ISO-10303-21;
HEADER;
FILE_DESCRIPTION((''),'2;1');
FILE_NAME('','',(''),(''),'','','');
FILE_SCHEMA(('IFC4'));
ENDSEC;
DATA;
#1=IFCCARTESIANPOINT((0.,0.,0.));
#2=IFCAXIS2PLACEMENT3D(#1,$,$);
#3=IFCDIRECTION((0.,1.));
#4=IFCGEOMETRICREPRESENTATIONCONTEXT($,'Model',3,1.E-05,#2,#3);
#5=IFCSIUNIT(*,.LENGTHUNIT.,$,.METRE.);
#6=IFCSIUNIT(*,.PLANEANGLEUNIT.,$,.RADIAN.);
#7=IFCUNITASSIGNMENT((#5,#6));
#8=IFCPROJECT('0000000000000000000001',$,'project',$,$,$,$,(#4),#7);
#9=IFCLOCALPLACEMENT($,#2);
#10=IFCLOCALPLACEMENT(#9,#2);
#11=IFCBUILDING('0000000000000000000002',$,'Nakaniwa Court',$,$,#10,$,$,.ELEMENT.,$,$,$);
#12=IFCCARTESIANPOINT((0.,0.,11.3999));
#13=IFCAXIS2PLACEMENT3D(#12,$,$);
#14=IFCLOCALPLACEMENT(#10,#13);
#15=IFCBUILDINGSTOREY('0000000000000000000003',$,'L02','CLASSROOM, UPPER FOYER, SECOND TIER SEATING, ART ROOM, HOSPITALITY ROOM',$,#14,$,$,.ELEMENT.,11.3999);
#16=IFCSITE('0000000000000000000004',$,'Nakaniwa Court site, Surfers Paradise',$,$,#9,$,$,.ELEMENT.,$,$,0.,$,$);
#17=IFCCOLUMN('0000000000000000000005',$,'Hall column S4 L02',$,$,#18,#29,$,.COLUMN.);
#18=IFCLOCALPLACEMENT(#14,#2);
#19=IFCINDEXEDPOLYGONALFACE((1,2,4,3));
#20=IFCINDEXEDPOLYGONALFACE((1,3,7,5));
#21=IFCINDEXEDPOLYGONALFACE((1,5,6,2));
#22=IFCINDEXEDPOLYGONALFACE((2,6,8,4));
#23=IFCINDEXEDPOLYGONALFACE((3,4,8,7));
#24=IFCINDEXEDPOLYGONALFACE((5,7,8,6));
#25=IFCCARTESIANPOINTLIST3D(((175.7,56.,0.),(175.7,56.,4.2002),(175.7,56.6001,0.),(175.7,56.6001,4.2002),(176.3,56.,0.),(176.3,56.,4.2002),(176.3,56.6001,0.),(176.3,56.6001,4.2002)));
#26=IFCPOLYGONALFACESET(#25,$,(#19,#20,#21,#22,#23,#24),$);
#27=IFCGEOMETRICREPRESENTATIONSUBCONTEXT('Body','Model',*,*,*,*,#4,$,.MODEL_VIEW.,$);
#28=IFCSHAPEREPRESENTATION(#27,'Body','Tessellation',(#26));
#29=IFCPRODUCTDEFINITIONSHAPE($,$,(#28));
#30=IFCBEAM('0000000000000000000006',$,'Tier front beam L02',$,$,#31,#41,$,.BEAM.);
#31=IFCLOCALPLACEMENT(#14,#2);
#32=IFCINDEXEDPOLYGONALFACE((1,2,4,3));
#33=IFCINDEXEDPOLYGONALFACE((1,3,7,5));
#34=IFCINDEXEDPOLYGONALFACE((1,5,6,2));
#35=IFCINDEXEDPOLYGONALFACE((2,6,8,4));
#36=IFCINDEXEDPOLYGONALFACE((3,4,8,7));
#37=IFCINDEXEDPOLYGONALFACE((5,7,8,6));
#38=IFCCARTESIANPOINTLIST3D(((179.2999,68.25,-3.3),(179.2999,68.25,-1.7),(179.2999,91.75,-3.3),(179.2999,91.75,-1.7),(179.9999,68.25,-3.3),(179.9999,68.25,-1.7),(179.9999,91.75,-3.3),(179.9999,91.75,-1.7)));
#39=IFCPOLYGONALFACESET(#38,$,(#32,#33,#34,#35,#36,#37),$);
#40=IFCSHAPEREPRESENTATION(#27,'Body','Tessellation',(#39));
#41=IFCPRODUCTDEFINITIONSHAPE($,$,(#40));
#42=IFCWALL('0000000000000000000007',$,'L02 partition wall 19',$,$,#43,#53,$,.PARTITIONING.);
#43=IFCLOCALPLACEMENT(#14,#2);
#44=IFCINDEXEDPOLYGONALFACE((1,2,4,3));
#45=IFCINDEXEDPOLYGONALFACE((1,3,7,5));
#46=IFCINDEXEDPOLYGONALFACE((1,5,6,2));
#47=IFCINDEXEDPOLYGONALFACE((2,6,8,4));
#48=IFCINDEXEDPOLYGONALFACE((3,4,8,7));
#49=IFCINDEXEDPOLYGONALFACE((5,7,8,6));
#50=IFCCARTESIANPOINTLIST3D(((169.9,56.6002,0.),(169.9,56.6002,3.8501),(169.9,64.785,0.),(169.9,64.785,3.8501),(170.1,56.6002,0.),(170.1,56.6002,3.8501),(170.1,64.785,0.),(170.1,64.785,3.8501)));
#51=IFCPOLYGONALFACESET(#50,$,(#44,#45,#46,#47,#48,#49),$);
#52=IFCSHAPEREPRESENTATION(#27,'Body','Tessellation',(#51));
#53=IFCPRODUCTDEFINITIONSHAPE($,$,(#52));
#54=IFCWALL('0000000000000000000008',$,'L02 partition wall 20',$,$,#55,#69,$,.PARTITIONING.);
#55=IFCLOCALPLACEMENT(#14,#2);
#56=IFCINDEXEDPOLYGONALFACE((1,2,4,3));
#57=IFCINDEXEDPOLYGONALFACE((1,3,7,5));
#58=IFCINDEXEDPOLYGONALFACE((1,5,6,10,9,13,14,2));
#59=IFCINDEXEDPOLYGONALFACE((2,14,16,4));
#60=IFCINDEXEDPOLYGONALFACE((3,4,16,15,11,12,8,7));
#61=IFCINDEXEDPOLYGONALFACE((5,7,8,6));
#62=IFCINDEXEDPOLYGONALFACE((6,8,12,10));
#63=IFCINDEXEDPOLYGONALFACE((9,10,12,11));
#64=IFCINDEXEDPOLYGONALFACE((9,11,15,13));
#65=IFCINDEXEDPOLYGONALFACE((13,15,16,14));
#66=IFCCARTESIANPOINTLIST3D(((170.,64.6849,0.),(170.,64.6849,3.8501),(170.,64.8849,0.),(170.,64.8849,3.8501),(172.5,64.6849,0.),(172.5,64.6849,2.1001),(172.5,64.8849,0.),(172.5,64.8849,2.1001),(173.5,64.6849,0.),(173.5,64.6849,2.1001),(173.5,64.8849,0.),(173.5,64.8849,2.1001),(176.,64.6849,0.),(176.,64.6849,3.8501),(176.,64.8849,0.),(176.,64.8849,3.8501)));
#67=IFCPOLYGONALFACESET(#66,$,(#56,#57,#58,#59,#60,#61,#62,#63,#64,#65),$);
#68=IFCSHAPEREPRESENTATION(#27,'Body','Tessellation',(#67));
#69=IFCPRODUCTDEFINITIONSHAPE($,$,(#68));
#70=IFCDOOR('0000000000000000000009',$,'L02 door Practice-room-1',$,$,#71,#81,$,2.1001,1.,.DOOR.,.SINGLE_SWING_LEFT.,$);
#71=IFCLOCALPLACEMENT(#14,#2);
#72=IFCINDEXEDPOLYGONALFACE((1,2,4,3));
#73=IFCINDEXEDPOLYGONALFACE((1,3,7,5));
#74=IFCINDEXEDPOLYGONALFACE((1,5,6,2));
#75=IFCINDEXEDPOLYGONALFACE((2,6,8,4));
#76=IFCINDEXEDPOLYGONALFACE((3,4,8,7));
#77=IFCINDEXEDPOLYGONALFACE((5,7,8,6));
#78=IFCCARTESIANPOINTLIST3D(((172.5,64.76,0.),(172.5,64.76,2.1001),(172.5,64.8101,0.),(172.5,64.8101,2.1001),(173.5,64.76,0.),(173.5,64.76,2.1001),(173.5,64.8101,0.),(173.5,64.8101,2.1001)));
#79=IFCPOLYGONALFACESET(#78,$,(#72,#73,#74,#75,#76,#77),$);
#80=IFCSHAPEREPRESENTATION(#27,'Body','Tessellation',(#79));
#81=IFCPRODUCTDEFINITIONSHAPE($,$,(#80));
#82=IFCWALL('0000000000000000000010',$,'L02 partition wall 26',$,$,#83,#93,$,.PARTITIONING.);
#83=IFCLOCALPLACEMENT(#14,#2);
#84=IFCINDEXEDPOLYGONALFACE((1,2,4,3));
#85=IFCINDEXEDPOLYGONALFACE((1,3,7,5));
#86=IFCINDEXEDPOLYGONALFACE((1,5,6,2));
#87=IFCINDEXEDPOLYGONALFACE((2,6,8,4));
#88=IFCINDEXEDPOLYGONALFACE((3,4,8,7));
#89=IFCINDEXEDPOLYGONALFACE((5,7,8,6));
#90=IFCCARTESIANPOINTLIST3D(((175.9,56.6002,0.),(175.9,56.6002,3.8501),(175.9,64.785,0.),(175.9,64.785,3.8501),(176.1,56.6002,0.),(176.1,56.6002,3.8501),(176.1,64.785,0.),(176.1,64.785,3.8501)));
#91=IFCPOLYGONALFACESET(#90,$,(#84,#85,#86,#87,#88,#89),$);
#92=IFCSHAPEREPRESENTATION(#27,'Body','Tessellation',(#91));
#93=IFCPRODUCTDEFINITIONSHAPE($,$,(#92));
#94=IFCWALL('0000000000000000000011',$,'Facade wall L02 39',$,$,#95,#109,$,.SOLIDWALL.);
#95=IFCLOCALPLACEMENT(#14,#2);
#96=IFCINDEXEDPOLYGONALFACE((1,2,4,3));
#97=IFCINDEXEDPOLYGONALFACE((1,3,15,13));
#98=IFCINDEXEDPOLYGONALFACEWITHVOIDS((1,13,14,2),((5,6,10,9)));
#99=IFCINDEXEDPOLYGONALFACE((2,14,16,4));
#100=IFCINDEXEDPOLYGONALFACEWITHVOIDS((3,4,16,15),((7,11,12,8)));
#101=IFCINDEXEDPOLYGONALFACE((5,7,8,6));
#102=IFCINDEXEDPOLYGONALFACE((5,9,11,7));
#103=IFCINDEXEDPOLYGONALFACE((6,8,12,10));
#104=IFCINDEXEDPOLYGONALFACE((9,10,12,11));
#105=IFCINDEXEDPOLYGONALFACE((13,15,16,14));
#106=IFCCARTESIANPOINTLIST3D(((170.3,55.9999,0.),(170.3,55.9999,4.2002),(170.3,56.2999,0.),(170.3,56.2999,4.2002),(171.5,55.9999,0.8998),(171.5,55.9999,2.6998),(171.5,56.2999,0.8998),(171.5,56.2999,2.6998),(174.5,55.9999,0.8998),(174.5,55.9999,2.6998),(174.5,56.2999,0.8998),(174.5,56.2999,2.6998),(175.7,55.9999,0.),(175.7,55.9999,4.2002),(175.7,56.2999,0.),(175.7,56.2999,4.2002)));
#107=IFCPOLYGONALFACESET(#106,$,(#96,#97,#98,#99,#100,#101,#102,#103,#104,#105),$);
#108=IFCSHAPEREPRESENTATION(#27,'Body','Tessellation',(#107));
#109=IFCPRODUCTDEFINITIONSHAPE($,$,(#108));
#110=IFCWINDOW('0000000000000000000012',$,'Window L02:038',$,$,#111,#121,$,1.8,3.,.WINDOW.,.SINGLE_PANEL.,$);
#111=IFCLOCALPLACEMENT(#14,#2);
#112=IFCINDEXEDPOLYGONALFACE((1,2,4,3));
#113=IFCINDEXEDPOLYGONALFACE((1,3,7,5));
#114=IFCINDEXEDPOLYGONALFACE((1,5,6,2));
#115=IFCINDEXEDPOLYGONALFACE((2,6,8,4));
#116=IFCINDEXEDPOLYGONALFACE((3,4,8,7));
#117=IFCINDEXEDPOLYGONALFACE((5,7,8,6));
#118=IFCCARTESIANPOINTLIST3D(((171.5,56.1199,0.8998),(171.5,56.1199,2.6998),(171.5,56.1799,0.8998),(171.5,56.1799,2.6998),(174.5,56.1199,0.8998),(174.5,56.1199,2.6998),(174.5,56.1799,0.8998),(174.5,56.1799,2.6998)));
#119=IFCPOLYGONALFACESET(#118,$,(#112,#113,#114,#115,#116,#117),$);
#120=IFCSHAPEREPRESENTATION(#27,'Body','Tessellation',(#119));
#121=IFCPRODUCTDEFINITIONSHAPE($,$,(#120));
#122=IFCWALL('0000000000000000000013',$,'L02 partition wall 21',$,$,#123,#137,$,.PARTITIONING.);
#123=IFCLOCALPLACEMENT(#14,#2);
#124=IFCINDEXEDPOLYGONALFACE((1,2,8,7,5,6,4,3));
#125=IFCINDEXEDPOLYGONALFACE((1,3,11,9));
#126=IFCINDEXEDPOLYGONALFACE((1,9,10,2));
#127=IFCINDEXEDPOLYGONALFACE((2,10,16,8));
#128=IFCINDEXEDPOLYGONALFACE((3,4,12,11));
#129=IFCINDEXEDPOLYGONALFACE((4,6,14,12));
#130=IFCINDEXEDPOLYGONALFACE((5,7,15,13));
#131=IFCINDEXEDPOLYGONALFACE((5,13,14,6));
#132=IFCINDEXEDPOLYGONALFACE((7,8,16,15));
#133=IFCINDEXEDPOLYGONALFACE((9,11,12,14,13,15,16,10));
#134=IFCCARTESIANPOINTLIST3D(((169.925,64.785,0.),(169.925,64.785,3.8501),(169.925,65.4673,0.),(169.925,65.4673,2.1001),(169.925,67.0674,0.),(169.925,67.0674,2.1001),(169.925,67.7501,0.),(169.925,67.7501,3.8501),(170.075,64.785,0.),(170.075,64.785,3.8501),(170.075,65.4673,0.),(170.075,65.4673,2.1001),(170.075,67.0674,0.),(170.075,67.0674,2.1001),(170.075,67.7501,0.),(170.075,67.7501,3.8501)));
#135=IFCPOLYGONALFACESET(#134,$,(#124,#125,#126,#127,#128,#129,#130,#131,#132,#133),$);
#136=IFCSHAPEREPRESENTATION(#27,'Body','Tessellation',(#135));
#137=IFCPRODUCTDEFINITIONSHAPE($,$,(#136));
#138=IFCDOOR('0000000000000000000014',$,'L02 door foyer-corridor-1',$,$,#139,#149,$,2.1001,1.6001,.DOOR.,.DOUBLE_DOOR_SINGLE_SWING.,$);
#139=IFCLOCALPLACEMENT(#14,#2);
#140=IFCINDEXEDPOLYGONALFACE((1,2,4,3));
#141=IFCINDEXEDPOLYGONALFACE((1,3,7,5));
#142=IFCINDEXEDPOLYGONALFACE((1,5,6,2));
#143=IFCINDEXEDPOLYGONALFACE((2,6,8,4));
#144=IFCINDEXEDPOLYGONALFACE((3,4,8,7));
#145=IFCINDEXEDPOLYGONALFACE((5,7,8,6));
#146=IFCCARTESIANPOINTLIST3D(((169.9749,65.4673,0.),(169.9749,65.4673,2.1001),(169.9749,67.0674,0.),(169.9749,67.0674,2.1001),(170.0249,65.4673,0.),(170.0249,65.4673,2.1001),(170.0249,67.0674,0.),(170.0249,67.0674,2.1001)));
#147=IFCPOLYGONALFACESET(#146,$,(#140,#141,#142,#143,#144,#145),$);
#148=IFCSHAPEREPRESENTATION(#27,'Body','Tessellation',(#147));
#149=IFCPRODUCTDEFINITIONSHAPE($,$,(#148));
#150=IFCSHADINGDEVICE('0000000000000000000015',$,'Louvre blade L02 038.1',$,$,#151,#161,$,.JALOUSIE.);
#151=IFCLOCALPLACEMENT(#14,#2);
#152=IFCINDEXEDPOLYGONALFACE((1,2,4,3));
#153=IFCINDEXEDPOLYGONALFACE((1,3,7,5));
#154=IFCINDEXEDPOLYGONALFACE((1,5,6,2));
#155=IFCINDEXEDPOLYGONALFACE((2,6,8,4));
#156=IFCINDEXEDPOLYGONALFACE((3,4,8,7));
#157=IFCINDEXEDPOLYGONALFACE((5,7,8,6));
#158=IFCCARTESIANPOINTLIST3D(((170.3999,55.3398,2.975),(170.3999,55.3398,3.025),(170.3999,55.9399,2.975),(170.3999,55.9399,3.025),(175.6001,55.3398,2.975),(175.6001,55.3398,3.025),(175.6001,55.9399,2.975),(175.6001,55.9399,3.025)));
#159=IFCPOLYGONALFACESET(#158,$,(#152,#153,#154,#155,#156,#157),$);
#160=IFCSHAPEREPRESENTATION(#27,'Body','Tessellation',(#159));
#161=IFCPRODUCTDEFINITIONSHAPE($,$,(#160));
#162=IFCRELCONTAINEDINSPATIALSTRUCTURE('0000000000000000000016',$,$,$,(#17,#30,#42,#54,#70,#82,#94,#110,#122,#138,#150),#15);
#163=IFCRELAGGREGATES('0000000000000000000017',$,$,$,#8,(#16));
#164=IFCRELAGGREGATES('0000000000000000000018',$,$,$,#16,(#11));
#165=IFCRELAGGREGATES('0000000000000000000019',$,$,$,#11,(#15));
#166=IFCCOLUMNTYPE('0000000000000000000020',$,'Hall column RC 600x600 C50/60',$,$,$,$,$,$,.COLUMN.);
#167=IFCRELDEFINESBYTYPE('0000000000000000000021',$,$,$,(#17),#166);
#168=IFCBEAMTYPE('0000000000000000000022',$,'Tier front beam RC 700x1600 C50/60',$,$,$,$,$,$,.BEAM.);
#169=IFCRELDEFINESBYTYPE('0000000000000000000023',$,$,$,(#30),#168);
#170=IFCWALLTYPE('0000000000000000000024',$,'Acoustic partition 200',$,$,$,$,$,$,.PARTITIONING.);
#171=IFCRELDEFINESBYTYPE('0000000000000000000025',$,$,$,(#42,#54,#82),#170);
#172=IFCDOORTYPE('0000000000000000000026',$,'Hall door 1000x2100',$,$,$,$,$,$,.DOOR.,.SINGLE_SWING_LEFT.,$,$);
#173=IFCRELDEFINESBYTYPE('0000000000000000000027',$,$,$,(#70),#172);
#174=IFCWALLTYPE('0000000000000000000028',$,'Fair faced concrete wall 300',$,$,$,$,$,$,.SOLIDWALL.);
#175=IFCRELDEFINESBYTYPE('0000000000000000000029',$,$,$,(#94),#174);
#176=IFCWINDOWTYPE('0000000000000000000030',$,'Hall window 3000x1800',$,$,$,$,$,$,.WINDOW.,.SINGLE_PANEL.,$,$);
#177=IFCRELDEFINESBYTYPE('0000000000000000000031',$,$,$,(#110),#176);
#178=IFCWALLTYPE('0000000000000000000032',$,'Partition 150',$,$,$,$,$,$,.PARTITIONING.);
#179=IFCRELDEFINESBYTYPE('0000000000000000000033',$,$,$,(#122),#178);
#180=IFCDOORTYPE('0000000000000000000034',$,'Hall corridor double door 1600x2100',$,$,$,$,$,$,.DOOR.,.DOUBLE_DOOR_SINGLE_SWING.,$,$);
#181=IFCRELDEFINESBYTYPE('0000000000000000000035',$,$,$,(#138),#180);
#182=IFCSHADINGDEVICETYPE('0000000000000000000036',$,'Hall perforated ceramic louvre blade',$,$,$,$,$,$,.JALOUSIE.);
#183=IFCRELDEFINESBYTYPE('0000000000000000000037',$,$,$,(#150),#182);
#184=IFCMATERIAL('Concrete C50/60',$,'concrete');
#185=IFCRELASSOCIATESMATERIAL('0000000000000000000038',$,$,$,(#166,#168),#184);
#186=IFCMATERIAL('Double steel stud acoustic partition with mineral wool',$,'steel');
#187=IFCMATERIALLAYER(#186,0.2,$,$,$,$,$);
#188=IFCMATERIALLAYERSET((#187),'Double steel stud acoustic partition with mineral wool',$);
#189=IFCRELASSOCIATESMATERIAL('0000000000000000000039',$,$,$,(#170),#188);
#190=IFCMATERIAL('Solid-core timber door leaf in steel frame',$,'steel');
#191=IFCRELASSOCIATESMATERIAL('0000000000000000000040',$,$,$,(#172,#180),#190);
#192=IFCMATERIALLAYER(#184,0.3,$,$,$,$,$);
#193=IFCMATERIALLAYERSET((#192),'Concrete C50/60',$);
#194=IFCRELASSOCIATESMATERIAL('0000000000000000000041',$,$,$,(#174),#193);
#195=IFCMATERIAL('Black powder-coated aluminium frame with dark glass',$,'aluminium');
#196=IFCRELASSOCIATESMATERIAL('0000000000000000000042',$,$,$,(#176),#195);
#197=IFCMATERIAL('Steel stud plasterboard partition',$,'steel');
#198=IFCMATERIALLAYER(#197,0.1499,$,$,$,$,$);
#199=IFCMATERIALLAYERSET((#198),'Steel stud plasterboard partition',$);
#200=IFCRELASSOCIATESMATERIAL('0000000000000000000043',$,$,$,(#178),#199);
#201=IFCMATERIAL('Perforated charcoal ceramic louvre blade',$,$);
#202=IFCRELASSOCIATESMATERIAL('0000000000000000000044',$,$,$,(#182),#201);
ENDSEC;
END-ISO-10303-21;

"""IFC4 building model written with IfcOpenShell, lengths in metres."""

from ifc_helpers import new_model, si_unit, direction, frame, frame_2d, origin, origin_2d, place, context, subcontext, project, spatial, rectangle, extrude, material, layer, layer_set, material_profile, profile_set, type_object, element, fill, save


model = new_model("IFC4")

# Units and contexts
model_context = context("Model", 3, precision=1e-05, world=origin(), true_north=direction((0.0, 1.0)))
body_context = subcontext(model_context, "Body", "Model", "MODEL_VIEW")
ifc_project = project(units=[si_unit("LENGTHUNIT", "METRE"), si_unit("PLANEANGLEUNIT", "RADIAN")], contexts=[model_context])

# Site, building, storey
site_placement = place(None, origin())
site = spatial("IfcSite", under=ifc_project, at=site_placement, Name="Nakaniwa Court site, Surfers Paradise", CompositionType="ELEMENT", RefElevation=0.0)
building_placement = place(site_placement, origin())
building = spatial("IfcBuilding", under=site, at=building_placement, Name="Nakaniwa Court", CompositionType="ELEMENT")
storey_placement = place(building_placement, frame((0.0, 0.0, 11.3999)))
storey = spatial("IfcBuildingStorey", under=building, at=storey_placement, Name="L02", Description="CLASSROOM, UPPER FOYER, SECOND TIER SEATING, ART ROOM, HOSPITALITY ROOM", CompositionType="ELEMENT", Elevation=11.3999)

# Column
ifc_material_1 = material(Name="Concrete C50/60", Category="concrete")
ifc_material_profile_1 = material_profile(ifc_material_1, rectangle(XDim=0.6001, YDim=0.6001, at=origin_2d()), Name="RC 600x600")
ifc_profile_set_1 = profile_set([ifc_material_profile_1], Name="Concrete C50/60")
column_type = type_object("IfcColumnType", Name="Hall column RC 600x600 C50/60", PredefinedType="COLUMN", material=ifc_profile_set_1)
column_placement = place(storey_placement, frame((176.0, 56.3, 0.0), z_axis=(0.0, 0.0, 1.0), x_axis=(1.0, 0.0, 0.0)))
element("IfcColumn", 1, at=column_placement, inside=storey, type_object=column_type, Name="Hall column S4 L02", PredefinedType="COLUMN", context=body_context, shape_type="SweptSolid", body=[
    extrude(rectangle(XDim=0.6001, YDim=0.6001, at=origin_2d()), origin(), (0.0, 0.0, 1.0), 4.2002),
])

# Beam
ifc_material_profile_2 = material_profile(ifc_material_1, rectangle(XDim=0.7, YDim=1.6001, at=origin_2d()), Name="RC 700x1600")
ifc_profile_set_2 = profile_set([ifc_material_profile_2], Name="Concrete C50/60")
beam_type = type_object("IfcBeamType", Name="Tier front beam RC 700x1600 C50/60", PredefinedType="BEAM", material=ifc_profile_set_2)
beam_placement = place(storey_placement, frame((179.6499, 68.25, -2.5), z_axis=(0.0, 1.0, 0.0), x_axis=(-1.0, 0.0, 0.0)))
element("IfcBeam", 2, at=beam_placement, inside=storey, type_object=beam_type, Name="Tier front beam L02", PredefinedType="BEAM", context=body_context, shape_type="SweptSolid", body=[
    extrude(rectangle(XDim=0.7, YDim=1.6001, at=origin_2d()), origin(), (0.0, 0.0, 1.0), 23.5),
])

# Wall
ifc_material_2 = material(Name="Double steel stud acoustic partition with mineral wool", Category="steel")
ifc_layer_1 = layer(ifc_material_2, 0.2)
ifc_layer_set_1 = layer_set([ifc_layer_1], Name="Double steel stud acoustic partition with mineral wool")
wall_type_1 = type_object("IfcWallType", Name="Acoustic partition 200", PredefinedType="PARTITIONING", material=ifc_layer_set_1)
wall_1_placement = place(storey_placement, frame((170.0, 64.7849, 0.0), z_axis=(0.0, 0.0, 1.0), x_axis=(0.0, -1.0, 0.0)))
element("IfcWall", 3, at=wall_1_placement, inside=storey, type_object=wall_type_1, Name="L02 partition wall 19", PredefinedType="PARTITIONING", context=body_context, shape_type="SweptSolid", body=[
    extrude(rectangle(XDim=8.1848, YDim=0.2, at=frame_2d((4.0923, 0.0))), origin(), (0.0, 0.0, 1.0), 3.8501),
])

# Wall, opening, door
wall_2_placement = place(storey_placement, frame((176.0, 64.7849, 0.0), z_axis=(0.0, 0.0, 1.0), x_axis=(-1.0, 0.0, 0.0)))
wall_2 = element("IfcWall", 4, at=wall_2_placement, inside=storey, type_object=wall_type_1, Name="L02 partition wall 20", PredefinedType="PARTITIONING", context=body_context, shape_type="SweptSolid", body=[
    extrude(rectangle(XDim=6.0, YDim=0.2, at=frame_2d((3.0, 0.0))), origin(), (0.0, 0.0, 1.0), 3.8501),
])
opening_1_placement = place(wall_2_placement, frame((2.5, 0.0, 0.0)))
opening_1 = element("IfcOpeningElement", 5, at=opening_1_placement, cuts=wall_2, PredefinedType="OPENING", context=body_context, shape_type="SweptSolid", body=[
    extrude(rectangle(XDim=1.0, YDim=2.1001, at=frame_2d((0.5, 1.05))), frame((0.0, 0.1099, 0.0), z_axis=(0.0, -1.0, 0.0), x_axis=(1.0, 0.0, 0.0)), (0.0, 0.0, 1.0), 0.22),
])
ifc_material_3 = material(Name="Solid-core timber door leaf in steel frame", Category="steel")
door_type_1 = type_object("IfcDoorType", Name="Hall door 1000x2100", OperationType="SINGLE_SWING_LEFT", PredefinedType="DOOR", material=ifc_material_3)
door_1_placement = place(opening_1_placement, origin())
door_1 = element("IfcDoor", 6, at=door_1_placement, inside=storey, type_object=door_type_1, Name="L02 door Practice-room-1", OperationType="SINGLE_SWING_LEFT", OverallHeight=2.1001, OverallWidth=1.0, PredefinedType="DOOR", context=body_context, shape_type="SweptSolid", body=[
    extrude(rectangle(XDim=1.0, YDim=2.1001, at=frame_2d((0.5, 1.05))), frame((0.0, 0.0249, 0.0), z_axis=(0.0, -1.0, 0.0), x_axis=(1.0, 0.0, 0.0)), (0.0, 0.0, 1.0), 0.05),
])
fill(opening_1, door_1)

# Wall
wall_3_placement = place(storey_placement, frame((176.0, 64.7849, 0.0), z_axis=(0.0, 0.0, 1.0), x_axis=(0.0, -1.0, 0.0)))
element("IfcWall", 7, at=wall_3_placement, inside=storey, type_object=wall_type_1, Name="L02 partition wall 26", PredefinedType="PARTITIONING", context=body_context, shape_type="SweptSolid", body=[
    extrude(rectangle(XDim=8.1848, YDim=0.2, at=frame_2d((4.0923, 0.0))), origin(), (0.0, 0.0, 1.0), 3.8501),
])

# Wall, opening, window
ifc_layer_2 = layer(ifc_material_1, 0.3)
ifc_layer_set_2 = layer_set([ifc_layer_2], Name="Concrete C50/60")
wall_type_2 = type_object("IfcWallType", Name="Fair faced concrete wall 300", PredefinedType="SOLIDWALL", material=ifc_layer_set_2)
wall_4_placement = place(storey_placement, frame((175.7, 56.1499, 0.0), z_axis=(0.0, 0.0, 1.0), x_axis=(-1.0, 0.0, 0.0)))
wall_4 = element("IfcWall", 8, at=wall_4_placement, inside=storey, type_object=wall_type_2, Name="Facade wall L02 39", PredefinedType="SOLIDWALL", context=body_context, shape_type="SweptSolid", body=[
    extrude(rectangle(XDim=5.3999, YDim=0.3, at=frame_2d((2.7, 0.0))), origin(), (0.0, 0.0, 1.0), 4.2002),
])
opening_2_placement = place(wall_4_placement, frame((1.2, 0.0, 0.8999)))
opening_2 = element("IfcOpeningElement", 9, at=opening_2_placement, cuts=wall_4, PredefinedType="OPENING", context=body_context, shape_type="SweptSolid", body=[
    extrude(rectangle(XDim=3.0, YDim=1.8, at=frame_2d((1.5, 0.8999))), frame((0.0, 0.1599, 0.0), z_axis=(0.0, -1.0, 0.0), x_axis=(1.0, 0.0, 0.0)), (0.0, 0.0, 1.0), 0.3201),
])
ifc_material_4 = material(Name="Black powder-coated aluminium frame with dark glass", Category="aluminium")
window_type = type_object("IfcWindowType", Name="Hall window 3000x1800", PartitioningType="SINGLE_PANEL", PredefinedType="WINDOW", material=ifc_material_4)
window_placement = place(opening_2_placement, origin())
window = element("IfcWindow", 10, at=window_placement, inside=storey, type_object=window_type, Name="Window L02:038", OverallHeight=1.8, OverallWidth=3.0, PartitioningType="SINGLE_PANEL", PredefinedType="WINDOW", context=body_context, shape_type="SweptSolid", body=[
    extrude(rectangle(XDim=3.0, YDim=1.8, at=frame_2d((1.5, 0.8999))), frame((0.0, 0.03, 0.0), z_axis=(0.0, -1.0, 0.0), x_axis=(1.0, 0.0, 0.0)), (0.0, 0.0, 1.0), 0.0601),
])
fill(opening_2, window)

# Wall, opening, door
ifc_material_5 = material(Name="Steel stud plasterboard partition", Category="steel")
ifc_layer_3 = layer(ifc_material_5, 0.1499)
ifc_layer_set_3 = layer_set([ifc_layer_3], Name="Steel stud plasterboard partition")
wall_type_3 = type_object("IfcWallType", Name="Partition 150", PredefinedType="PARTITIONING", material=ifc_layer_set_3)
wall_5_placement = place(storey_placement, frame((170.0, 67.75, 0.0), z_axis=(0.0, 0.0, 1.0), x_axis=(0.0, -1.0, 0.0)))
wall_5 = element("IfcWall", 11, at=wall_5_placement, inside=storey, type_object=wall_type_3, Name="L02 partition wall 21", PredefinedType="PARTITIONING", context=body_context, shape_type="SweptSolid", body=[
    extrude(rectangle(XDim=2.9651, YDim=0.1499, at=frame_2d((1.4824, 0.0))), origin(), (0.0, 0.0, 1.0), 3.8501),
])
opening_3_placement = place(wall_5_placement, frame((0.6826, 0.0, 0.0)))
opening_3 = element("IfcOpeningElement", 12, at=opening_3_placement, cuts=wall_5, PredefinedType="OPENING", context=body_context, shape_type="SweptSolid", body=[
    extrude(rectangle(XDim=1.6001, YDim=2.1001, at=frame_2d((0.8, 1.05))), frame((0.0, 0.085, 0.0), z_axis=(0.0, -1.0, 0.0), x_axis=(1.0, 0.0, 0.0)), (0.0, 0.0, 1.0), 0.1699),
])
door_type_2 = type_object("IfcDoorType", Name="Hall corridor double door 1600x2100", OperationType="DOUBLE_DOOR_SINGLE_SWING", PredefinedType="DOOR", material=ifc_material_3)
door_2_placement = place(opening_3_placement, origin())
door_2 = element("IfcDoor", 13, at=door_2_placement, inside=storey, type_object=door_type_2, Name="L02 door foyer-corridor-1", OperationType="DOUBLE_DOOR_SINGLE_SWING", OverallHeight=2.1001, OverallWidth=1.6001, PredefinedType="DOOR", context=body_context, shape_type="SweptSolid", body=[
    extrude(rectangle(XDim=1.6001, YDim=2.1001, at=frame_2d((0.8, 1.05))), frame((0.0, 0.0249, 0.0), z_axis=(0.0, -1.0, 0.0), x_axis=(1.0, 0.0, 0.0)), (0.0, 0.0, 1.0), 0.05),
])
fill(opening_3, door_2)

# Shading device
ifc_material_6 = material(Name="Perforated charcoal ceramic louvre blade")
ifc_material_profile_3 = material_profile(ifc_material_6, rectangle(XDim=0.6001, YDim=0.05, at=origin_2d()), Name="Hall perforated ceramic louvre blade")
ifc_profile_set_3 = profile_set([ifc_material_profile_3], Name="Perforated charcoal ceramic louvre blade")
shading_device_type = type_object("IfcShadingDeviceType", Name="Hall perforated ceramic louvre blade", PredefinedType="JALOUSIE", material=ifc_profile_set_3)
for number, where, z_axis, x_axis, name in (
    (14, (175.6001, 55.6399, 3.0), (-1.0, 0.0, 0.0), (0.0, -1.0, 0.0), "Louvre blade L02 038.1"),
):
    element("IfcShadingDevice", number, at=place(storey_placement, frame(where, z_axis=z_axis, x_axis=x_axis)), inside=storey, type_object=shading_device_type, Name=name, PredefinedType="JALOUSIE", context=body_context, shape_type="SweptSolid", body=[
        extrude(rectangle(XDim=0.6001, YDim=0.05, at=origin_2d()), origin(), (0.0, 0.0, 1.0), 5.2002),
    ])

save(model, "model.ifc")
